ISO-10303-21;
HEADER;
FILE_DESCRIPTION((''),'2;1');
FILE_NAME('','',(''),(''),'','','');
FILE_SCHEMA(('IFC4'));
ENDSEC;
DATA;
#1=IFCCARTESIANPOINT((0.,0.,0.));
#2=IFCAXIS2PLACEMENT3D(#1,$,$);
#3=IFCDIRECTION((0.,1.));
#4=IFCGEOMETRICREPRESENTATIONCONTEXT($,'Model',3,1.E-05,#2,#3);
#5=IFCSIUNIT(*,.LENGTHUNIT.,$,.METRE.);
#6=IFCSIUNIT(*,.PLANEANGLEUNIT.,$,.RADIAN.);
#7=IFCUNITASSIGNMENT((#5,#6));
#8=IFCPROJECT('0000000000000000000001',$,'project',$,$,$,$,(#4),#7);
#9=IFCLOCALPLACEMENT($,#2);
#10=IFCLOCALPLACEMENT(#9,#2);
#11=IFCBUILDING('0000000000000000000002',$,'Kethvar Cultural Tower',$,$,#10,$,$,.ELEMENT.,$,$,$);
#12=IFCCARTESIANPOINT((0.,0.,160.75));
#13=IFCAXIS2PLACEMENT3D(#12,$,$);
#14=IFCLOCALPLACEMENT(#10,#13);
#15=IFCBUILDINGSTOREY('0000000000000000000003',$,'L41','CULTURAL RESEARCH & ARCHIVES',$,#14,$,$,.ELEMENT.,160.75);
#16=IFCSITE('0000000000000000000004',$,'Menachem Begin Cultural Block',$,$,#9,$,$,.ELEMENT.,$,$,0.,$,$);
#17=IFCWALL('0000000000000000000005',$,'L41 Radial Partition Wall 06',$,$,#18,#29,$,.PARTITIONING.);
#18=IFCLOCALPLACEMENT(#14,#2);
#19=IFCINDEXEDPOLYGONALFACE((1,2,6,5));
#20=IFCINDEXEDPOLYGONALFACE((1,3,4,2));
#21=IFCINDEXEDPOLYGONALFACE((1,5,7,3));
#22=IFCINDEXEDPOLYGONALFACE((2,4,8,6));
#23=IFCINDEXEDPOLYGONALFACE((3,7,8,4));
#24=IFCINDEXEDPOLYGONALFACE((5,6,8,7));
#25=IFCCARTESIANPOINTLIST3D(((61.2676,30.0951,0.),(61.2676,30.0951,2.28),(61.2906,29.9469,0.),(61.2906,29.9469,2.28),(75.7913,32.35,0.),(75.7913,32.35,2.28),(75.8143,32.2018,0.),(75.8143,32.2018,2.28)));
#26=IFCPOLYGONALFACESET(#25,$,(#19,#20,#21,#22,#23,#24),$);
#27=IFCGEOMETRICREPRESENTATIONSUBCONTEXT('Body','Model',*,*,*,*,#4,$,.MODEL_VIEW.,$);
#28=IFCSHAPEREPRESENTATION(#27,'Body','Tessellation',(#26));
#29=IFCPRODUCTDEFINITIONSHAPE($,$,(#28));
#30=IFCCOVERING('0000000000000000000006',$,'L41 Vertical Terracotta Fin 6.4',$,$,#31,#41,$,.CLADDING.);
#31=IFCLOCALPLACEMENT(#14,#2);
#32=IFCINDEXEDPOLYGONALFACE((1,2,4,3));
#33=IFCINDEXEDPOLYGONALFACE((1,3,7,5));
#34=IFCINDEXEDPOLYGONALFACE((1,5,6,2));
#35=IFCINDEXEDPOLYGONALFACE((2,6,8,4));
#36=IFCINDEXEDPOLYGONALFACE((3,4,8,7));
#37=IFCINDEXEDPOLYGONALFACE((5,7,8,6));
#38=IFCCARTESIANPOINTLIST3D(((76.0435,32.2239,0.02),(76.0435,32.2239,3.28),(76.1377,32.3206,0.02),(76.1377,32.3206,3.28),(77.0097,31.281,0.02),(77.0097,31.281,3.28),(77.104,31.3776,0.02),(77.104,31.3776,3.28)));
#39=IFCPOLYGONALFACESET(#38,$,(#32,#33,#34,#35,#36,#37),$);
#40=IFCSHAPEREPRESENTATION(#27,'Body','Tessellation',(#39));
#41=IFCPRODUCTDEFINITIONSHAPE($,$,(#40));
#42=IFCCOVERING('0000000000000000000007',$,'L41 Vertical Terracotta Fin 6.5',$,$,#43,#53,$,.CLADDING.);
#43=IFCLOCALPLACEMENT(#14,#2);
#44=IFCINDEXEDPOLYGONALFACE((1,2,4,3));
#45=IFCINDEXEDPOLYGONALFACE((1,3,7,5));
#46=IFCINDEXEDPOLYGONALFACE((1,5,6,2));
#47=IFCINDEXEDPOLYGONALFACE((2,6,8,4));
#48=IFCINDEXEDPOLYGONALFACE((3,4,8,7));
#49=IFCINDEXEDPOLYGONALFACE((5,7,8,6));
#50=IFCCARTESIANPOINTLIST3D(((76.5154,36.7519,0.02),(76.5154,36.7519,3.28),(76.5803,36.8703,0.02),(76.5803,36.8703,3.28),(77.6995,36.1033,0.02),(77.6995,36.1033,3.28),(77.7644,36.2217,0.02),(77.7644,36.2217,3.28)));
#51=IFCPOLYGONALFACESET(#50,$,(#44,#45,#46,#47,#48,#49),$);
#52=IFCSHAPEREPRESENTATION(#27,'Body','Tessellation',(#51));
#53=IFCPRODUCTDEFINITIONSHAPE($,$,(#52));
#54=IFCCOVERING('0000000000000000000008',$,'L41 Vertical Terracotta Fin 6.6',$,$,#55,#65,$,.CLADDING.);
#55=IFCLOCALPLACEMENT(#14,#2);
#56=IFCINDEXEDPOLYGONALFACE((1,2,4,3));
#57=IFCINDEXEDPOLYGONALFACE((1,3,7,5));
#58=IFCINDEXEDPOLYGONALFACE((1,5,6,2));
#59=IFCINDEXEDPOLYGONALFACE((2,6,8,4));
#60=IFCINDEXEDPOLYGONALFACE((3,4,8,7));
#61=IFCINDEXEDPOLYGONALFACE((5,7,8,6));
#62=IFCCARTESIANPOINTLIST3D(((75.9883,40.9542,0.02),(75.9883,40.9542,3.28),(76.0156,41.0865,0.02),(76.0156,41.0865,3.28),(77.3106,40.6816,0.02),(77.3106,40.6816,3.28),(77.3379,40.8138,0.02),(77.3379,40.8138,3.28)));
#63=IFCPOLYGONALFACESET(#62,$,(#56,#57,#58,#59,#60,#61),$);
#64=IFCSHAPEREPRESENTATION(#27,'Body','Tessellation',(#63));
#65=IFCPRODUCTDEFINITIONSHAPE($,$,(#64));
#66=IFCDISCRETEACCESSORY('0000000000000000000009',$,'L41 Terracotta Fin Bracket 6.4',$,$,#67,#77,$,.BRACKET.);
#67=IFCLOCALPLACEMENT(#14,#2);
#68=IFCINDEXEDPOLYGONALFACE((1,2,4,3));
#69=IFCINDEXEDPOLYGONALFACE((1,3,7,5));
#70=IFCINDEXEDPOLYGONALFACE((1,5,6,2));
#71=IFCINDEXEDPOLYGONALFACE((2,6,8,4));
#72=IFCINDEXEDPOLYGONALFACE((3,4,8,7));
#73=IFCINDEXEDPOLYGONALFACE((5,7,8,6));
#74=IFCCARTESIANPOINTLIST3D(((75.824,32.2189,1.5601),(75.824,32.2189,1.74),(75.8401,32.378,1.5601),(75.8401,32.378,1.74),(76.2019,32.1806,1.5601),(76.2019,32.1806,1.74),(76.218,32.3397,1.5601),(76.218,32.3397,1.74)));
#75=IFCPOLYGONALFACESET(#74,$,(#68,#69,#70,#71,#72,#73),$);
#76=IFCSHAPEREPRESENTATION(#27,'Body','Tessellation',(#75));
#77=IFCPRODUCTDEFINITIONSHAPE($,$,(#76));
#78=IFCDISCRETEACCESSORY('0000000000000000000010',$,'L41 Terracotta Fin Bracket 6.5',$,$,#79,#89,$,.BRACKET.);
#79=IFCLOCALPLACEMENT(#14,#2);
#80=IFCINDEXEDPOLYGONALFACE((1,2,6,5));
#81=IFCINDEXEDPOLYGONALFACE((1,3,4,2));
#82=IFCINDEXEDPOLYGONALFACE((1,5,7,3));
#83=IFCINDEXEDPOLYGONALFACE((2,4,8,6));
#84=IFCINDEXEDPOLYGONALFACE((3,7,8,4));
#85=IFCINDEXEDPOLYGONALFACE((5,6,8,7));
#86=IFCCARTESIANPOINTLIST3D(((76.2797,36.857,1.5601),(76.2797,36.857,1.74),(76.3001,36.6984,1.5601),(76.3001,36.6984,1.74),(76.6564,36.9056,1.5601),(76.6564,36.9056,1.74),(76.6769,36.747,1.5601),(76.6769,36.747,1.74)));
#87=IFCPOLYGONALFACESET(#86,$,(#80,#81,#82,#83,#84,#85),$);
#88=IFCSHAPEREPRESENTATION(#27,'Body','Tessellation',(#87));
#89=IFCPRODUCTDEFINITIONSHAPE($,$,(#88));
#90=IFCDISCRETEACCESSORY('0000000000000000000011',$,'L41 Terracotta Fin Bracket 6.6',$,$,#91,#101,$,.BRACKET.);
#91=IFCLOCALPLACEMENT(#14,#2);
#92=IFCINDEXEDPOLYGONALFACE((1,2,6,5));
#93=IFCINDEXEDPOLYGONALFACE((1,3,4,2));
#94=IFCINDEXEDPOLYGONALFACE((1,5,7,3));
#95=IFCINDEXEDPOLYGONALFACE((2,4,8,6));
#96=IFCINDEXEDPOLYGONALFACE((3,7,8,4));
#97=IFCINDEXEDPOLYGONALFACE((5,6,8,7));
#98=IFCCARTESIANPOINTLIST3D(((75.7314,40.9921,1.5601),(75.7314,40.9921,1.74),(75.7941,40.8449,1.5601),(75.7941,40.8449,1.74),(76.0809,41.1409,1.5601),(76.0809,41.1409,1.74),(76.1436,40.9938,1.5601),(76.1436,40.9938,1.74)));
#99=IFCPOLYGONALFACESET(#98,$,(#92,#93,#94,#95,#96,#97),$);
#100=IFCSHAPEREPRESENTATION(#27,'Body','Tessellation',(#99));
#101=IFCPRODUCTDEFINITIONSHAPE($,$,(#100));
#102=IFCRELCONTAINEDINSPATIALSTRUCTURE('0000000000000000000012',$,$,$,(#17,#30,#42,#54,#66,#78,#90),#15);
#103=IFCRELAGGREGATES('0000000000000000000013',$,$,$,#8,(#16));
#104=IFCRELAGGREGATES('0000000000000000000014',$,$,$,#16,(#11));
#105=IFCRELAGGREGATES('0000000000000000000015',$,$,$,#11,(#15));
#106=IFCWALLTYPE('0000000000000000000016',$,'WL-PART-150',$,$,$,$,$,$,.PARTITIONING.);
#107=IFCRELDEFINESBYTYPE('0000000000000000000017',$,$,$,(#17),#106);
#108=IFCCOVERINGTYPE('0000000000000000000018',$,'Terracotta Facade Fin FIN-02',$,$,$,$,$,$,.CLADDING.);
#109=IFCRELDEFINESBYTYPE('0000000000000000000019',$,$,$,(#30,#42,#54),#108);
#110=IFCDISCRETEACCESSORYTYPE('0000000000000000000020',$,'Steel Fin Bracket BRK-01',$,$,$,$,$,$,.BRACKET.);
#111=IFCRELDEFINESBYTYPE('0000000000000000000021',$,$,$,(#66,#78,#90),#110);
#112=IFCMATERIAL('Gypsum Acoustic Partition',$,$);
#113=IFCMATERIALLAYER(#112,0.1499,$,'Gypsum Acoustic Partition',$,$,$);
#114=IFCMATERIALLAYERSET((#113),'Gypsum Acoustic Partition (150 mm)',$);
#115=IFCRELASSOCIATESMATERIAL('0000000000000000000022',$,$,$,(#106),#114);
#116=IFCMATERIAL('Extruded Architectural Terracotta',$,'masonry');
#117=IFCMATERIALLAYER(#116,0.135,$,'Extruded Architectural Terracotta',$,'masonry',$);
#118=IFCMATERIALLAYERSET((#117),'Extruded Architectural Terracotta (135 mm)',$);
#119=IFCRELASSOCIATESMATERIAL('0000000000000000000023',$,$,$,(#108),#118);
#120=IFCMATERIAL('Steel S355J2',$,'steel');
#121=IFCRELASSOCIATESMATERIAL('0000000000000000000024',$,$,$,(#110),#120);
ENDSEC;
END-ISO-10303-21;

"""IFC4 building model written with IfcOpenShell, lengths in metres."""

from ifc_helpers import new_model, si_unit, direction, frame, frame_2d, origin, origin_2d, place, context, subcontext, project, spatial, rectangle, extrude, source, transform, mapped, material, layer, layer_set, type_object, element, save


model = new_model("IFC4")

# Units and contexts
model_context = context("Model", 3, precision=1e-05, world=origin(), true_north=direction((0.0, 1.0)))
body_context = subcontext(model_context, "Body", "Model", "MODEL_VIEW")
ifc_project = project(units=[si_unit("LENGTHUNIT", "METRE"), si_unit("PLANEANGLEUNIT", "RADIAN")], contexts=[model_context])

# Site, building, storey
site_placement = place(None, origin())
site = spatial("IfcSite", under=ifc_project, at=site_placement, Name="Menachem Begin Cultural Block", CompositionType="ELEMENT", RefElevation=0.0)
building_placement = place(site_placement, origin())
building = spatial("IfcBuilding", under=site, at=building_placement, Name="Kethvar Cultural Tower", CompositionType="ELEMENT")
storey_placement = place(building_placement, frame((0.0, 0.0, 160.75)))
storey = spatial("IfcBuildingStorey", under=building, at=storey_placement, Name="L41", Description="CULTURAL RESEARCH & ARCHIVES", CompositionType="ELEMENT", Elevation=160.75)

# Shared definitions
ifc_material_1 = material(Name="Steel S355J2", Category="steel")

# Wall
ifc_material_2 = material(Name="Gypsum Acoustic Partition")
ifc_layer_1 = layer(ifc_material_2, 0.1499, Name="Gypsum Acoustic Partition")
ifc_layer_set_1 = layer_set([ifc_layer_1], Name="Gypsum Acoustic Partition (150 mm)")
wall_type_1 = type_object("IfcWallType", Name="WL-PART-150", PredefinedType="PARTITIONING", material=ifc_layer_set_1)
wall_1_placement = place(storey_placement, frame((61.2791, 30.021, 0.0), z_axis=(0.0, 0.0, 1.0), x_axis=(0.988161, 0.153418, 0.0)))
element("IfcWall", 1, at=wall_1_placement, inside=storey, type_object=wall_type_1, Name="L41 Radial Partition Wall 06", PredefinedType="PARTITIONING", context=body_context, shape_type="SweptSolid", body=[
    extrude(rectangle(XDim=14.6978, YDim=0.1499, at=frame_2d((7.3489, 0.0))), origin(), (0.0, 0.0, 1.0), 2.28),
])

# Coverings
ifc_material_3 = material(Name="Extruded Architectural Terracotta", Category="masonry")
ifc_layer_2 = layer(ifc_material_3, 0.135, Name="Extruded Architectural Terracotta", Category="masonry")
ifc_layer_set_2 = layer_set([ifc_layer_2], Name="Extruded Architectural Terracotta (135 mm)")
covering_type = type_object("IfcCoveringType", Name="Terracotta Facade Fin FIN-02", PredefinedType="CLADDING", material=ifc_layer_set_2)
shared_shape_1 = source(origin(), body_context, "Body", "SweptSolid", [
    extrude(rectangle(XDim=1.3501, YDim=0.135, at=origin_2d()), origin(), (0.0, 0.0, 1.0), 3.26),
])
for number, where, z_axis, x_axis, name in (
    (2, (76.5737, 31.8008, 0.02), (0.0, 0.0, 1.0), (0.715693, -0.698415, 0.0), "L41 Vertical Terracotta Fin 6.4"),
    (3, (77.1399, 36.4868, 0.02), (0.0, 0.0, 1.0), (0.877062, -0.480377, 0.0), "L41 Vertical Terracotta Fin 6.5"),
    (4, (76.6631, 40.884, 0.02), (0.0, 0.0, 1.0), (0.979399, -0.201933, 0.0), "L41 Vertical Terracotta Fin 6.6"),
):
    element("IfcCovering", number, at=place(storey_placement, frame(where, z_axis=z_axis, x_axis=x_axis)), inside=storey, type_object=covering_type, Name=name, PredefinedType="CLADDING", context=body_context, shape_type="MappedRepresentation", body=[
        mapped(shared_shape_1, transform((0.0, 0.0, 0.0), scale=1.0)),
    ])

# Discrete accessories
discrete_accessory_type = type_object("IfcDiscreteAccessoryType", Name="Steel Fin Bracket BRK-01", PredefinedType="BRACKET", material=ifc_material_1)
shared_shape_2 = source(origin(), body_context, "Body", "SweptSolid", [
    extrude(rectangle(XDim=0.3799, YDim=0.1599, at=origin_2d()), origin(), (0.0, 0.0, 1.0), 0.1799),
])
for number, where, z_axis, x_axis, name in (
    (5, (76.021, 32.2793, 1.5601), (0.0, 0.0, 1.0), (0.994916, -0.100709, 0.0), "L41 Terracotta Fin Bracket 6.4"),
    (6, (76.4783, 36.802, 1.5601), (0.0, 0.0, 1.0), (0.991783, 0.12793, 0.0), "L41 Terracotta Fin Bracket 6.5"),
    (7, (75.9375, 40.9929, 1.5601), (0.0, 0.0, 1.0), (0.920027, 0.391855, 0.0), "L41 Terracotta Fin Bracket 6.6"),
):
    element("IfcDiscreteAccessory", number, at=place(storey_placement, frame(where, z_axis=z_axis, x_axis=x_axis)), inside=storey, type_object=discrete_accessory_type, Name=name, PredefinedType="BRACKET", context=body_context, shape_type="MappedRepresentation", body=[
        mapped(shared_shape_2, transform((0.0, 0.0, 0.0), scale=1.0)),
    ])

save(model, "model.ifc")
